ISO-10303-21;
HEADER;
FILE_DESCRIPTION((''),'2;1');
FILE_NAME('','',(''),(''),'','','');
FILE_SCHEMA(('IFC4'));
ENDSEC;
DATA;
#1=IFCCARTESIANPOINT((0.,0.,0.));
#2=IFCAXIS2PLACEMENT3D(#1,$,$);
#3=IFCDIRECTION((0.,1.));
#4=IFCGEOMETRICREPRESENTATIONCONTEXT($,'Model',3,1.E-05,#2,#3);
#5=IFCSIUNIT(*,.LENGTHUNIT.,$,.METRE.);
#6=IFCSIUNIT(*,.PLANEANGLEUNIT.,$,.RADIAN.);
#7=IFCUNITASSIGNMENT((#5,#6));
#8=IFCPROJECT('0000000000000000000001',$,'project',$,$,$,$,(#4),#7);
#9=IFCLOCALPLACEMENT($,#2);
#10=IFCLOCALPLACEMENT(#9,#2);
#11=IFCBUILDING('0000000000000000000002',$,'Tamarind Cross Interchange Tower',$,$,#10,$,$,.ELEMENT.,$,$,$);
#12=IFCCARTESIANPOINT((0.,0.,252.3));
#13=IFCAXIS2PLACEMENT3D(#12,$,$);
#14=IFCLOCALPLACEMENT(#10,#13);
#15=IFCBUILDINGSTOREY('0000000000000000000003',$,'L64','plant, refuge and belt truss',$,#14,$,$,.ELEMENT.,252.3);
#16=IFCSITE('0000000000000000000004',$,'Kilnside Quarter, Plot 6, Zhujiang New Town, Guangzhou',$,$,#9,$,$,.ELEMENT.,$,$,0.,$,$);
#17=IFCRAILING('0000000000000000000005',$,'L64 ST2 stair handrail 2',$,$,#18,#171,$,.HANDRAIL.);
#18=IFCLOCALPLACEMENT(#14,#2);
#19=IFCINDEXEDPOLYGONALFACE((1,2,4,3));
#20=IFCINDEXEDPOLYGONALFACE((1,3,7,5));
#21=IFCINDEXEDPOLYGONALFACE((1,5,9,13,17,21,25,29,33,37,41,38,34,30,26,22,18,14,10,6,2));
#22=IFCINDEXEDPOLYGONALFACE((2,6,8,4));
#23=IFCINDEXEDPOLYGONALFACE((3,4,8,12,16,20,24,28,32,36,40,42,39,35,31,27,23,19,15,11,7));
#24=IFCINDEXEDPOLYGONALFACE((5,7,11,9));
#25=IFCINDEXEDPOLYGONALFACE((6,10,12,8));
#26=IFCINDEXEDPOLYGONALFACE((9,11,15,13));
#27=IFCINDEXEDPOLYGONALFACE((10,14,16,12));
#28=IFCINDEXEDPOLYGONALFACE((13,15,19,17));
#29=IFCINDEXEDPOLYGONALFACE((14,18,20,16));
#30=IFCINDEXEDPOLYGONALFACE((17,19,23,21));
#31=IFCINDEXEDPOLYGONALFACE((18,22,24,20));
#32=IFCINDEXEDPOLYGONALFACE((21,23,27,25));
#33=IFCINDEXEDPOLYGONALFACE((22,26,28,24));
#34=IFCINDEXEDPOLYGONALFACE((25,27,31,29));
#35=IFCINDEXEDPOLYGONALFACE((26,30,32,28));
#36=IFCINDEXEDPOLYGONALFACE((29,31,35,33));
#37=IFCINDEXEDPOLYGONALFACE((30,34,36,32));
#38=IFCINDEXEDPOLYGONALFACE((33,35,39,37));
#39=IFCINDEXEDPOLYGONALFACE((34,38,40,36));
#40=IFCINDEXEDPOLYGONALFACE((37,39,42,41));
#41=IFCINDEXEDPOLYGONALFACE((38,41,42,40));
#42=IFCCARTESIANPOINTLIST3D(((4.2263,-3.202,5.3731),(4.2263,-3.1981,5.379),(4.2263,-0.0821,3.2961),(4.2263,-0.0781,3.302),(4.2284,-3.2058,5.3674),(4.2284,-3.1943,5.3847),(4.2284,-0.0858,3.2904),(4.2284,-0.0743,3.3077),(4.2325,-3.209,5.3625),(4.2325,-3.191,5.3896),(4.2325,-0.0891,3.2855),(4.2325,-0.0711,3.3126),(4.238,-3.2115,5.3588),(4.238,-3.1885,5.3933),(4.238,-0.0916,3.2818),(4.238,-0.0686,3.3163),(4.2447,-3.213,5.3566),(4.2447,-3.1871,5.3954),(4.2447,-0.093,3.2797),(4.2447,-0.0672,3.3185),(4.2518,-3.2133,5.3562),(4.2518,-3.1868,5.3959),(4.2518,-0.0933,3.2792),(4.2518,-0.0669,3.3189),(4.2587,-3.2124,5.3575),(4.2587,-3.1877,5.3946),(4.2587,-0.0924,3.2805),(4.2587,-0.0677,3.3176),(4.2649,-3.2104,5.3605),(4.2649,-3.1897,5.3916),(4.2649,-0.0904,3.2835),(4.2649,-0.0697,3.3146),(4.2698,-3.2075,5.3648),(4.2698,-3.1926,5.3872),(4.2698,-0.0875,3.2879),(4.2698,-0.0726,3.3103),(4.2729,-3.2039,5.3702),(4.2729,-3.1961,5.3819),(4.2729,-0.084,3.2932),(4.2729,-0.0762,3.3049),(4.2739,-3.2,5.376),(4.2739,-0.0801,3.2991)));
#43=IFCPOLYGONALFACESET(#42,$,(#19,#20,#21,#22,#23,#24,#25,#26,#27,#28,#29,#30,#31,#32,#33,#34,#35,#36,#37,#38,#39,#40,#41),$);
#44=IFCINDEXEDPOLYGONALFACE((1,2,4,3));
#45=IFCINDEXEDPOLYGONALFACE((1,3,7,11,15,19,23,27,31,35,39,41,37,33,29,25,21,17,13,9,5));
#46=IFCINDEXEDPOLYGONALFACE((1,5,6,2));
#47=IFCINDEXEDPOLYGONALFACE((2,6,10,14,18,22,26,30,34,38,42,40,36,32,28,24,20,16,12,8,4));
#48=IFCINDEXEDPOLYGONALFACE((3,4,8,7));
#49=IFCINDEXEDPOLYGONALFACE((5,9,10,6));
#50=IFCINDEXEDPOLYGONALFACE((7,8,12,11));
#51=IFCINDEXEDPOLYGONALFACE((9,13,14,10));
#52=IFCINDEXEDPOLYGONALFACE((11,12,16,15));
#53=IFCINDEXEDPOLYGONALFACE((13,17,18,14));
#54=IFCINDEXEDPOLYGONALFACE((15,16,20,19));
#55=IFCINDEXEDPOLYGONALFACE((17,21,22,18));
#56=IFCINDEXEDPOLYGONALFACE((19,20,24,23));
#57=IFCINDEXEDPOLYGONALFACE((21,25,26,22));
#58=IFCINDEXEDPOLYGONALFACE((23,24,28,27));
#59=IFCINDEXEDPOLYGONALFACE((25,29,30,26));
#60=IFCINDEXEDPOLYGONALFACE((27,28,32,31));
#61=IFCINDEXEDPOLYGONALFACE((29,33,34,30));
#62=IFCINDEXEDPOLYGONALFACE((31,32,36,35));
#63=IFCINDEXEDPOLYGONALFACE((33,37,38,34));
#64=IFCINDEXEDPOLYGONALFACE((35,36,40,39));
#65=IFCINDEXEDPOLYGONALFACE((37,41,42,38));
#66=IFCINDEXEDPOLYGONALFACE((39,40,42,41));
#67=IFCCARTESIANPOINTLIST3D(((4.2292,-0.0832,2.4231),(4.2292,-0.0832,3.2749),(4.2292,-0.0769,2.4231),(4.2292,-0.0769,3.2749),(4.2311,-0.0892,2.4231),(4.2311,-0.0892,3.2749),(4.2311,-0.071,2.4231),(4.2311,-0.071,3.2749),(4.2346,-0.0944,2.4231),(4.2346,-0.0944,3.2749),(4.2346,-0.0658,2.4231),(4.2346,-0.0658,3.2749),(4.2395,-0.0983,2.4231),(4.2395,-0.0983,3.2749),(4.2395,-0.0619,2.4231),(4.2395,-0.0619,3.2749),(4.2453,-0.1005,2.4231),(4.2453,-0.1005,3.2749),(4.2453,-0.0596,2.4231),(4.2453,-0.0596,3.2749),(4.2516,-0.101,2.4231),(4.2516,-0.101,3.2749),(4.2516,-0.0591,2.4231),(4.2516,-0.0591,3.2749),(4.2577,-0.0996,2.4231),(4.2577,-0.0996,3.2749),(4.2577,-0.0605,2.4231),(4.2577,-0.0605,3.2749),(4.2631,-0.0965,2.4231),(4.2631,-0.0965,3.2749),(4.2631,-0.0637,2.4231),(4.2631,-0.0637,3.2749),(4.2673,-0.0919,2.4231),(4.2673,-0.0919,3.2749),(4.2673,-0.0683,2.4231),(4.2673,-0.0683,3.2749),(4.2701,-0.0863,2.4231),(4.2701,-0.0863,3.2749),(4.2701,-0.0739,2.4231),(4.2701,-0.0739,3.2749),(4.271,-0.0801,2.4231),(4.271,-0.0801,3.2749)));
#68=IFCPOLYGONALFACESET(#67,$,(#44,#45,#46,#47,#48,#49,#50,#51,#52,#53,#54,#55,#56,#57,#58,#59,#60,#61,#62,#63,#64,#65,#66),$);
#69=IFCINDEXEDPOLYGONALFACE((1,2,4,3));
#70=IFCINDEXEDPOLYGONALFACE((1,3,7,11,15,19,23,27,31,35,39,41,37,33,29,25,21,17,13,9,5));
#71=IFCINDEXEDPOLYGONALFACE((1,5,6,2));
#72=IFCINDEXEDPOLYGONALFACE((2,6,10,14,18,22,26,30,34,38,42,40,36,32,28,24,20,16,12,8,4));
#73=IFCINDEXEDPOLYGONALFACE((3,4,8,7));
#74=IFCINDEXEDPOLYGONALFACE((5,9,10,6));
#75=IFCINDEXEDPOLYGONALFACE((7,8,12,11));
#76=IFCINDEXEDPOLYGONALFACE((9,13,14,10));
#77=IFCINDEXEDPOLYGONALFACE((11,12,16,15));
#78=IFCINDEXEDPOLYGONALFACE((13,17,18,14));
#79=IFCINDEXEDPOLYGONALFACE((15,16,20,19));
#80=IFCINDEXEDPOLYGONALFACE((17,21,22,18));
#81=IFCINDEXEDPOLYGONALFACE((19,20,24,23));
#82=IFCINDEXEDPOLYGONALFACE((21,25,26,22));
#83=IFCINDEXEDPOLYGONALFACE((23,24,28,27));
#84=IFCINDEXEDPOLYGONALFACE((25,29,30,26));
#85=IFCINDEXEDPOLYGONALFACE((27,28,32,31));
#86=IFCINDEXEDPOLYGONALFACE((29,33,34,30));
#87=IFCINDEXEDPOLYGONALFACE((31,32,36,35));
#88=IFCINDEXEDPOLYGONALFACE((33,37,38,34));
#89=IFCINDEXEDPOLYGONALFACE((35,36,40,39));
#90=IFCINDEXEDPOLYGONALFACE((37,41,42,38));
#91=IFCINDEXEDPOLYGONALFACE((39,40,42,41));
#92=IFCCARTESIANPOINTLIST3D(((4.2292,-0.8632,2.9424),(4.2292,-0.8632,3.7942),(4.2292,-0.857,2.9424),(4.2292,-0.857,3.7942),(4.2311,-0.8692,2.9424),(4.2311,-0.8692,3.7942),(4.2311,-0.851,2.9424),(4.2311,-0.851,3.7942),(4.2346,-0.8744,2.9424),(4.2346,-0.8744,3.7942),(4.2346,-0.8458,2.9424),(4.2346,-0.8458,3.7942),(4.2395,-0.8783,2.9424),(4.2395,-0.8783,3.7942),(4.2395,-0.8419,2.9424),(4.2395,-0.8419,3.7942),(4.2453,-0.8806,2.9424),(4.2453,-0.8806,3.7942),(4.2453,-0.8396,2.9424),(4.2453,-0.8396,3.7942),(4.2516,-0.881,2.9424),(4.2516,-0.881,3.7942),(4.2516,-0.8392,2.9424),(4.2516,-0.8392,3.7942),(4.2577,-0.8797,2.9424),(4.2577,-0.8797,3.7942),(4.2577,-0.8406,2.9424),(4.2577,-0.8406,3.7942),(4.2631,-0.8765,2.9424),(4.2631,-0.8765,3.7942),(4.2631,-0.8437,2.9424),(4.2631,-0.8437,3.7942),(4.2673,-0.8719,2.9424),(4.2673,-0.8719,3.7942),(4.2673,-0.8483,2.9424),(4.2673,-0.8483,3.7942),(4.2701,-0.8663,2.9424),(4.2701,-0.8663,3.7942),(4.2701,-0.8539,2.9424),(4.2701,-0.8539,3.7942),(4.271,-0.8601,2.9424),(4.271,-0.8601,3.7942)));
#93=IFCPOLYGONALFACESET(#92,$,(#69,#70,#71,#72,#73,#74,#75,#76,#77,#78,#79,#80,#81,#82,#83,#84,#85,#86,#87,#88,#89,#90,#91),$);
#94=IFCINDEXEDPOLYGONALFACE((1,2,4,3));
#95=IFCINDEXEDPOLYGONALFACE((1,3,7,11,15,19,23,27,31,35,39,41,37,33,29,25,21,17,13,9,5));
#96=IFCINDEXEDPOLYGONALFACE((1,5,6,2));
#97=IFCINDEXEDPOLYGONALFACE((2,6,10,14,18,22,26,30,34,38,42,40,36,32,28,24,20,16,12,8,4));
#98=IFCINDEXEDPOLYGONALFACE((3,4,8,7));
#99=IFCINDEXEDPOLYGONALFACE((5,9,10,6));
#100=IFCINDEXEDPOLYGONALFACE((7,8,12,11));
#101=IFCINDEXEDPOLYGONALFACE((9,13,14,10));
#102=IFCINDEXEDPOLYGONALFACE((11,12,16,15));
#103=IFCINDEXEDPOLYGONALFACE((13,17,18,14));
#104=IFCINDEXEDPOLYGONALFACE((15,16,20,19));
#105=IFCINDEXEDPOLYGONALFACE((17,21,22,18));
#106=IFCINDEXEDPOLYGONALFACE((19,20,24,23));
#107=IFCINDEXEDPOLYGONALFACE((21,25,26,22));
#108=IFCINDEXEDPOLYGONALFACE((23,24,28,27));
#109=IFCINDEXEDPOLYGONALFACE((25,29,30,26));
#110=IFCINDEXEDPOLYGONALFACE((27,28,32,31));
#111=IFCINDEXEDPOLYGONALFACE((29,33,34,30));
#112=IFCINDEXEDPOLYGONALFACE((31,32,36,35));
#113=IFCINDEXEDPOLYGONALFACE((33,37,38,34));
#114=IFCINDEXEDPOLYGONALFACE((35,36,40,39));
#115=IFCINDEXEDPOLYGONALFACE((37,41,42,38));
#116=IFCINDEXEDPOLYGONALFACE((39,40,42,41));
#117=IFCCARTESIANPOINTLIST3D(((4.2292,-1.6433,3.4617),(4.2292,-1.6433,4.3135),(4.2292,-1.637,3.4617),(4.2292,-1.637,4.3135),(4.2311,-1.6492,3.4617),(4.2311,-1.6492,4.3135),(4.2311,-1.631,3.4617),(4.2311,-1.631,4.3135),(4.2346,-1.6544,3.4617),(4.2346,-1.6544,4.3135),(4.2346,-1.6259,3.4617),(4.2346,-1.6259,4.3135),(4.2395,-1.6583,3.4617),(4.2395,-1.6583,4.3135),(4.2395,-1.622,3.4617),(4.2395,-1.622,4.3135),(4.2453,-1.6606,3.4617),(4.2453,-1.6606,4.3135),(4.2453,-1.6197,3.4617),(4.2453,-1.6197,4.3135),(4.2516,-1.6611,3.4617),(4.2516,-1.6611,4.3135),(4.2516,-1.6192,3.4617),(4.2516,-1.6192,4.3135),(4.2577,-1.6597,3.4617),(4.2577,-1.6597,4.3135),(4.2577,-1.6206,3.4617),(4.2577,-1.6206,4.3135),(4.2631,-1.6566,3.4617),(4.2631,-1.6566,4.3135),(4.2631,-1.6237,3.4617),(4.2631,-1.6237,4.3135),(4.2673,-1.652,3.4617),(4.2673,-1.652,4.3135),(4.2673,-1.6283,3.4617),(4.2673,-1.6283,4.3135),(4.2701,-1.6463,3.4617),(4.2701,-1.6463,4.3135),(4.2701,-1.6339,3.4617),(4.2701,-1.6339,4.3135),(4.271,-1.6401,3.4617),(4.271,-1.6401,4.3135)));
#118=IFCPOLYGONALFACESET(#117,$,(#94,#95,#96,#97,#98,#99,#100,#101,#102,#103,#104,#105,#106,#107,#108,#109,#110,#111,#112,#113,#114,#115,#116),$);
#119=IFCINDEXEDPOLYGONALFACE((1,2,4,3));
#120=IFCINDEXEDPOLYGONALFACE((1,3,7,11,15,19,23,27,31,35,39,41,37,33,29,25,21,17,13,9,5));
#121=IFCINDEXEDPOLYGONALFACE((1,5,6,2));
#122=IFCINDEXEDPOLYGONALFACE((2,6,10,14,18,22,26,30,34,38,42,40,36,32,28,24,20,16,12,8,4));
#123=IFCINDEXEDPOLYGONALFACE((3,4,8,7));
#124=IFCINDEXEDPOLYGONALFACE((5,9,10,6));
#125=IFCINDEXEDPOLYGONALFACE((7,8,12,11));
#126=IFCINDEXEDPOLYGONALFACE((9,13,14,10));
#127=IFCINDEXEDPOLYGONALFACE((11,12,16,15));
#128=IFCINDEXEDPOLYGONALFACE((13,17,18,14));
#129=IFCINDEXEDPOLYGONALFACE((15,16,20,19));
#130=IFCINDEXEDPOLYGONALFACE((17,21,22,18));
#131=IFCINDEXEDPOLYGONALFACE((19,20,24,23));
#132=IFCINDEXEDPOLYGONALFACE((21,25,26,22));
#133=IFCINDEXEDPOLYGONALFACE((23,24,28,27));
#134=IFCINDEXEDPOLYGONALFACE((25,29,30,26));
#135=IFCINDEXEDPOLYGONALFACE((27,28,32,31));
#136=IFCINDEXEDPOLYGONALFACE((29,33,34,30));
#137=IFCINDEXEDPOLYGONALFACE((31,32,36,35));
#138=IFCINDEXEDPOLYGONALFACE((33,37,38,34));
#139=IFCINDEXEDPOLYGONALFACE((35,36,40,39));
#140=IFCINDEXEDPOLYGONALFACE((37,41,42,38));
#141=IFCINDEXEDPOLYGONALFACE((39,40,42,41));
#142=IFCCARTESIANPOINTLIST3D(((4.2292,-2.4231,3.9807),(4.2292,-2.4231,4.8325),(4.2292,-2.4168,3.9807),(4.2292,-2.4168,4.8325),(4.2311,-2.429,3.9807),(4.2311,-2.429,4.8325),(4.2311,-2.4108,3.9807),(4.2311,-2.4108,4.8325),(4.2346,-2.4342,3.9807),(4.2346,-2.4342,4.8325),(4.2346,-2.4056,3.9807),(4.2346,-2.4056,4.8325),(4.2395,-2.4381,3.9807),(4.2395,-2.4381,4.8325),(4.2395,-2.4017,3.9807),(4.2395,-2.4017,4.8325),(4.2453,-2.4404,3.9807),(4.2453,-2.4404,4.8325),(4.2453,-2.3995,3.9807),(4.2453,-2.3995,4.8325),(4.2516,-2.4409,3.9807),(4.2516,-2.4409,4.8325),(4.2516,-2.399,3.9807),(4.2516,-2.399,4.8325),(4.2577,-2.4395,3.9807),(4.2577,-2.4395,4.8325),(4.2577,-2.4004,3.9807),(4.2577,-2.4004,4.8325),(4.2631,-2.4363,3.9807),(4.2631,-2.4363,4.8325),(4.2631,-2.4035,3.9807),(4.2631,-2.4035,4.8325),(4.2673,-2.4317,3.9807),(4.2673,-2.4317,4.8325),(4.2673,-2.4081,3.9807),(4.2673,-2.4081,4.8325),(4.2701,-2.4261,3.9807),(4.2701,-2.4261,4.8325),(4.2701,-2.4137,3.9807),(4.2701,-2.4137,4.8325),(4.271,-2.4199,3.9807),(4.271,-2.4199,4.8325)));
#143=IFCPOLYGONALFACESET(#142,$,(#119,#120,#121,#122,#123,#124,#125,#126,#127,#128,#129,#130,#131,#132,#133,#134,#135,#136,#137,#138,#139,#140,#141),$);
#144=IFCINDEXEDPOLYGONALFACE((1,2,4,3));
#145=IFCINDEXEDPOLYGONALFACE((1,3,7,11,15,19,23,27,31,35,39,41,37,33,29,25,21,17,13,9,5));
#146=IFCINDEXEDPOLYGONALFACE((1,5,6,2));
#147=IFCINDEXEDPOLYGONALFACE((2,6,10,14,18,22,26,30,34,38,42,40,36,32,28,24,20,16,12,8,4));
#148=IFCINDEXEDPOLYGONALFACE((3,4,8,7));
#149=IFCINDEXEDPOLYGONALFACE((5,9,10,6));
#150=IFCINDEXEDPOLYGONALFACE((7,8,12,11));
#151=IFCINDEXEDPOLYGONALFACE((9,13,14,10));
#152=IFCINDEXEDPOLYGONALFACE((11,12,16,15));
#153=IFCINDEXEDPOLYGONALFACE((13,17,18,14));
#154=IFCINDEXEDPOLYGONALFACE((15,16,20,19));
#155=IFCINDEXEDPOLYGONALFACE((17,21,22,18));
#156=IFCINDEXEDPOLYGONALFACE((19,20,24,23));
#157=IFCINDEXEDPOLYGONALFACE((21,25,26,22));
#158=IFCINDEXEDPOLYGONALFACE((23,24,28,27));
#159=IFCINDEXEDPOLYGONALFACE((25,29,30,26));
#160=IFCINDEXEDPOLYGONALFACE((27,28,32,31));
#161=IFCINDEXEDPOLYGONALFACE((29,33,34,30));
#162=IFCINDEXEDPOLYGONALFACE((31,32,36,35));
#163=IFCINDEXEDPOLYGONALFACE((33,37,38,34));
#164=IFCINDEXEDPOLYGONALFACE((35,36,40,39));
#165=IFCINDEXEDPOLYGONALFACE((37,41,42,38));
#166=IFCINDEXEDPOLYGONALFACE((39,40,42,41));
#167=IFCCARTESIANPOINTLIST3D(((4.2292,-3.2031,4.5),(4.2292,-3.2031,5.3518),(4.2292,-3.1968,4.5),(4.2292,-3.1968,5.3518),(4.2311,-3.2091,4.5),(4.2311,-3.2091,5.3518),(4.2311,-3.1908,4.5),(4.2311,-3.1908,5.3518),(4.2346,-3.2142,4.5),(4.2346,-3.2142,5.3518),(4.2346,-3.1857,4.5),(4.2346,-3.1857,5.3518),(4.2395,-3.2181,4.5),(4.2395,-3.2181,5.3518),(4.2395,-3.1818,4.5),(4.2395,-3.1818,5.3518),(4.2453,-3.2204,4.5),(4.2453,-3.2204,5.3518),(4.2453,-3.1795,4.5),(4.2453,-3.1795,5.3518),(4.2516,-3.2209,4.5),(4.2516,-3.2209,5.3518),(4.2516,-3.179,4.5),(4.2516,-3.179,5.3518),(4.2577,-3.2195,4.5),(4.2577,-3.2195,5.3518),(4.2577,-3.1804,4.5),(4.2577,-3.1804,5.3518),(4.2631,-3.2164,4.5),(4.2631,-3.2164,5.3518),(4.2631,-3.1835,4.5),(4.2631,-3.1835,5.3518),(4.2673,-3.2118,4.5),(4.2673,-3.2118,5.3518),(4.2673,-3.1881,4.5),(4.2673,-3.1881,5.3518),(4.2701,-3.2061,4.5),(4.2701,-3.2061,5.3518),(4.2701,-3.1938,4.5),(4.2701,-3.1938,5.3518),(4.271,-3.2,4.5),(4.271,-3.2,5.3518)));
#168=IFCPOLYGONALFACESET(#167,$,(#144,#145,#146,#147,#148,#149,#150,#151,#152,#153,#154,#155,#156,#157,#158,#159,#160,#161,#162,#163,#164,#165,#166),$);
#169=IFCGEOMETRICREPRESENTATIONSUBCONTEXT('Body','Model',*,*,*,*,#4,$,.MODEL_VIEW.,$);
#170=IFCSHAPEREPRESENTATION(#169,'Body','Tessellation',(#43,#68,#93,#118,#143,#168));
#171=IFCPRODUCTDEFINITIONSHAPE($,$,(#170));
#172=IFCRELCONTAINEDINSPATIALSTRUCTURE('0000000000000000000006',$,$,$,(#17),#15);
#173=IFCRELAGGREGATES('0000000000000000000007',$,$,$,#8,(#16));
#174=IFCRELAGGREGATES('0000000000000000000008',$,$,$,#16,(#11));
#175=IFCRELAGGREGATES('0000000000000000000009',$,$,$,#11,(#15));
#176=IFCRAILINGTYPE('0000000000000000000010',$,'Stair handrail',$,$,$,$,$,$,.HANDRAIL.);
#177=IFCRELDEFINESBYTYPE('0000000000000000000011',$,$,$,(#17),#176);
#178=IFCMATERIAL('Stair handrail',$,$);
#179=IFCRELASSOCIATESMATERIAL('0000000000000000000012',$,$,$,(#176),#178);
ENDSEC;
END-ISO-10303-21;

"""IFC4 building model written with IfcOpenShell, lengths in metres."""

from ifc_helpers import new_model, si_unit, direction, frame, origin, origin_2d, place, context, subcontext, project, spatial, circle, extrude, material, type_object, element, save


model = new_model("IFC4")

# Units and contexts
model_context = context("Model", 3, precision=1e-05, world=origin(), true_north=direction((0.0, 1.0)))
body_context = subcontext(model_context, "Body", "Model", "MODEL_VIEW")
ifc_project = project(units=[si_unit("LENGTHUNIT", "METRE"), si_unit("PLANEANGLEUNIT", "RADIAN")], contexts=[model_context])

# Site, building, storey
site_placement = place(None, origin())
site = spatial("IfcSite", under=ifc_project, at=site_placement, Name="Kilnside Quarter, Plot 6, Zhujiang New Town, Guangzhou", CompositionType="ELEMENT", RefElevation=0.0)
building_placement = place(site_placement, origin())
building = spatial("IfcBuilding", under=site, at=building_placement, Name="Tamarind Cross Interchange Tower", CompositionType="ELEMENT")
storey_placement = place(building_placement, frame((0.0, 0.0, 252.3)))
storey = spatial("IfcBuildingStorey", under=building, at=storey_placement, Name="L64", Description="plant, refuge and belt truss", CompositionType="ELEMENT", Elevation=252.3)

# Railing
ifc_material_1 = material(Name="Stair handrail")
railing_type_1 = type_object("IfcRailingType", Name="Stair handrail", PredefinedType="HANDRAIL", material=ifc_material_1)
railing_1_placement = place(storey_placement, frame((4.25, -0.0801, 2.4231)))
element("IfcRailing", 1, at=railing_1_placement, inside=storey, type_object=railing_type_1, Name="L64 ST2 stair handrail 2", PredefinedType="HANDRAIL", context=body_context, shape_type="SweptSolid", body=[
    extrude(circle(Radius=0.0239, at=origin_2d()), frame((0.0, 0.0, 0.876), z_axis=(0.0, -0.832421, 0.554144), x_axis=(1.0, 0.0, 0.0)), (0.0, 0.0, 1.0), 3.748),
    extrude(circle(Radius=0.021, at=origin_2d()), origin(), (0.0, 0.0, 1.0), 0.8518),
    extrude(circle(Radius=0.021, at=origin_2d()), frame((0.0, -0.78, 0.5193)), (0.0, 0.0, 1.0), 0.8518),
    extrude(circle(Radius=0.021, at=origin_2d()), frame((0.0, -1.5601, 1.0386)), (0.0, 0.0, 1.0), 0.8518),
    extrude(circle(Radius=0.021, at=origin_2d()), frame((0.0, -2.3398, 1.5576)), (0.0, 0.0, 1.0), 0.8518),
    extrude(circle(Radius=0.021, at=origin_2d()), frame((0.0, -3.1199, 2.0769)), (0.0, 0.0, 1.0), 0.8518),
])

save(model, "model.ifc")
